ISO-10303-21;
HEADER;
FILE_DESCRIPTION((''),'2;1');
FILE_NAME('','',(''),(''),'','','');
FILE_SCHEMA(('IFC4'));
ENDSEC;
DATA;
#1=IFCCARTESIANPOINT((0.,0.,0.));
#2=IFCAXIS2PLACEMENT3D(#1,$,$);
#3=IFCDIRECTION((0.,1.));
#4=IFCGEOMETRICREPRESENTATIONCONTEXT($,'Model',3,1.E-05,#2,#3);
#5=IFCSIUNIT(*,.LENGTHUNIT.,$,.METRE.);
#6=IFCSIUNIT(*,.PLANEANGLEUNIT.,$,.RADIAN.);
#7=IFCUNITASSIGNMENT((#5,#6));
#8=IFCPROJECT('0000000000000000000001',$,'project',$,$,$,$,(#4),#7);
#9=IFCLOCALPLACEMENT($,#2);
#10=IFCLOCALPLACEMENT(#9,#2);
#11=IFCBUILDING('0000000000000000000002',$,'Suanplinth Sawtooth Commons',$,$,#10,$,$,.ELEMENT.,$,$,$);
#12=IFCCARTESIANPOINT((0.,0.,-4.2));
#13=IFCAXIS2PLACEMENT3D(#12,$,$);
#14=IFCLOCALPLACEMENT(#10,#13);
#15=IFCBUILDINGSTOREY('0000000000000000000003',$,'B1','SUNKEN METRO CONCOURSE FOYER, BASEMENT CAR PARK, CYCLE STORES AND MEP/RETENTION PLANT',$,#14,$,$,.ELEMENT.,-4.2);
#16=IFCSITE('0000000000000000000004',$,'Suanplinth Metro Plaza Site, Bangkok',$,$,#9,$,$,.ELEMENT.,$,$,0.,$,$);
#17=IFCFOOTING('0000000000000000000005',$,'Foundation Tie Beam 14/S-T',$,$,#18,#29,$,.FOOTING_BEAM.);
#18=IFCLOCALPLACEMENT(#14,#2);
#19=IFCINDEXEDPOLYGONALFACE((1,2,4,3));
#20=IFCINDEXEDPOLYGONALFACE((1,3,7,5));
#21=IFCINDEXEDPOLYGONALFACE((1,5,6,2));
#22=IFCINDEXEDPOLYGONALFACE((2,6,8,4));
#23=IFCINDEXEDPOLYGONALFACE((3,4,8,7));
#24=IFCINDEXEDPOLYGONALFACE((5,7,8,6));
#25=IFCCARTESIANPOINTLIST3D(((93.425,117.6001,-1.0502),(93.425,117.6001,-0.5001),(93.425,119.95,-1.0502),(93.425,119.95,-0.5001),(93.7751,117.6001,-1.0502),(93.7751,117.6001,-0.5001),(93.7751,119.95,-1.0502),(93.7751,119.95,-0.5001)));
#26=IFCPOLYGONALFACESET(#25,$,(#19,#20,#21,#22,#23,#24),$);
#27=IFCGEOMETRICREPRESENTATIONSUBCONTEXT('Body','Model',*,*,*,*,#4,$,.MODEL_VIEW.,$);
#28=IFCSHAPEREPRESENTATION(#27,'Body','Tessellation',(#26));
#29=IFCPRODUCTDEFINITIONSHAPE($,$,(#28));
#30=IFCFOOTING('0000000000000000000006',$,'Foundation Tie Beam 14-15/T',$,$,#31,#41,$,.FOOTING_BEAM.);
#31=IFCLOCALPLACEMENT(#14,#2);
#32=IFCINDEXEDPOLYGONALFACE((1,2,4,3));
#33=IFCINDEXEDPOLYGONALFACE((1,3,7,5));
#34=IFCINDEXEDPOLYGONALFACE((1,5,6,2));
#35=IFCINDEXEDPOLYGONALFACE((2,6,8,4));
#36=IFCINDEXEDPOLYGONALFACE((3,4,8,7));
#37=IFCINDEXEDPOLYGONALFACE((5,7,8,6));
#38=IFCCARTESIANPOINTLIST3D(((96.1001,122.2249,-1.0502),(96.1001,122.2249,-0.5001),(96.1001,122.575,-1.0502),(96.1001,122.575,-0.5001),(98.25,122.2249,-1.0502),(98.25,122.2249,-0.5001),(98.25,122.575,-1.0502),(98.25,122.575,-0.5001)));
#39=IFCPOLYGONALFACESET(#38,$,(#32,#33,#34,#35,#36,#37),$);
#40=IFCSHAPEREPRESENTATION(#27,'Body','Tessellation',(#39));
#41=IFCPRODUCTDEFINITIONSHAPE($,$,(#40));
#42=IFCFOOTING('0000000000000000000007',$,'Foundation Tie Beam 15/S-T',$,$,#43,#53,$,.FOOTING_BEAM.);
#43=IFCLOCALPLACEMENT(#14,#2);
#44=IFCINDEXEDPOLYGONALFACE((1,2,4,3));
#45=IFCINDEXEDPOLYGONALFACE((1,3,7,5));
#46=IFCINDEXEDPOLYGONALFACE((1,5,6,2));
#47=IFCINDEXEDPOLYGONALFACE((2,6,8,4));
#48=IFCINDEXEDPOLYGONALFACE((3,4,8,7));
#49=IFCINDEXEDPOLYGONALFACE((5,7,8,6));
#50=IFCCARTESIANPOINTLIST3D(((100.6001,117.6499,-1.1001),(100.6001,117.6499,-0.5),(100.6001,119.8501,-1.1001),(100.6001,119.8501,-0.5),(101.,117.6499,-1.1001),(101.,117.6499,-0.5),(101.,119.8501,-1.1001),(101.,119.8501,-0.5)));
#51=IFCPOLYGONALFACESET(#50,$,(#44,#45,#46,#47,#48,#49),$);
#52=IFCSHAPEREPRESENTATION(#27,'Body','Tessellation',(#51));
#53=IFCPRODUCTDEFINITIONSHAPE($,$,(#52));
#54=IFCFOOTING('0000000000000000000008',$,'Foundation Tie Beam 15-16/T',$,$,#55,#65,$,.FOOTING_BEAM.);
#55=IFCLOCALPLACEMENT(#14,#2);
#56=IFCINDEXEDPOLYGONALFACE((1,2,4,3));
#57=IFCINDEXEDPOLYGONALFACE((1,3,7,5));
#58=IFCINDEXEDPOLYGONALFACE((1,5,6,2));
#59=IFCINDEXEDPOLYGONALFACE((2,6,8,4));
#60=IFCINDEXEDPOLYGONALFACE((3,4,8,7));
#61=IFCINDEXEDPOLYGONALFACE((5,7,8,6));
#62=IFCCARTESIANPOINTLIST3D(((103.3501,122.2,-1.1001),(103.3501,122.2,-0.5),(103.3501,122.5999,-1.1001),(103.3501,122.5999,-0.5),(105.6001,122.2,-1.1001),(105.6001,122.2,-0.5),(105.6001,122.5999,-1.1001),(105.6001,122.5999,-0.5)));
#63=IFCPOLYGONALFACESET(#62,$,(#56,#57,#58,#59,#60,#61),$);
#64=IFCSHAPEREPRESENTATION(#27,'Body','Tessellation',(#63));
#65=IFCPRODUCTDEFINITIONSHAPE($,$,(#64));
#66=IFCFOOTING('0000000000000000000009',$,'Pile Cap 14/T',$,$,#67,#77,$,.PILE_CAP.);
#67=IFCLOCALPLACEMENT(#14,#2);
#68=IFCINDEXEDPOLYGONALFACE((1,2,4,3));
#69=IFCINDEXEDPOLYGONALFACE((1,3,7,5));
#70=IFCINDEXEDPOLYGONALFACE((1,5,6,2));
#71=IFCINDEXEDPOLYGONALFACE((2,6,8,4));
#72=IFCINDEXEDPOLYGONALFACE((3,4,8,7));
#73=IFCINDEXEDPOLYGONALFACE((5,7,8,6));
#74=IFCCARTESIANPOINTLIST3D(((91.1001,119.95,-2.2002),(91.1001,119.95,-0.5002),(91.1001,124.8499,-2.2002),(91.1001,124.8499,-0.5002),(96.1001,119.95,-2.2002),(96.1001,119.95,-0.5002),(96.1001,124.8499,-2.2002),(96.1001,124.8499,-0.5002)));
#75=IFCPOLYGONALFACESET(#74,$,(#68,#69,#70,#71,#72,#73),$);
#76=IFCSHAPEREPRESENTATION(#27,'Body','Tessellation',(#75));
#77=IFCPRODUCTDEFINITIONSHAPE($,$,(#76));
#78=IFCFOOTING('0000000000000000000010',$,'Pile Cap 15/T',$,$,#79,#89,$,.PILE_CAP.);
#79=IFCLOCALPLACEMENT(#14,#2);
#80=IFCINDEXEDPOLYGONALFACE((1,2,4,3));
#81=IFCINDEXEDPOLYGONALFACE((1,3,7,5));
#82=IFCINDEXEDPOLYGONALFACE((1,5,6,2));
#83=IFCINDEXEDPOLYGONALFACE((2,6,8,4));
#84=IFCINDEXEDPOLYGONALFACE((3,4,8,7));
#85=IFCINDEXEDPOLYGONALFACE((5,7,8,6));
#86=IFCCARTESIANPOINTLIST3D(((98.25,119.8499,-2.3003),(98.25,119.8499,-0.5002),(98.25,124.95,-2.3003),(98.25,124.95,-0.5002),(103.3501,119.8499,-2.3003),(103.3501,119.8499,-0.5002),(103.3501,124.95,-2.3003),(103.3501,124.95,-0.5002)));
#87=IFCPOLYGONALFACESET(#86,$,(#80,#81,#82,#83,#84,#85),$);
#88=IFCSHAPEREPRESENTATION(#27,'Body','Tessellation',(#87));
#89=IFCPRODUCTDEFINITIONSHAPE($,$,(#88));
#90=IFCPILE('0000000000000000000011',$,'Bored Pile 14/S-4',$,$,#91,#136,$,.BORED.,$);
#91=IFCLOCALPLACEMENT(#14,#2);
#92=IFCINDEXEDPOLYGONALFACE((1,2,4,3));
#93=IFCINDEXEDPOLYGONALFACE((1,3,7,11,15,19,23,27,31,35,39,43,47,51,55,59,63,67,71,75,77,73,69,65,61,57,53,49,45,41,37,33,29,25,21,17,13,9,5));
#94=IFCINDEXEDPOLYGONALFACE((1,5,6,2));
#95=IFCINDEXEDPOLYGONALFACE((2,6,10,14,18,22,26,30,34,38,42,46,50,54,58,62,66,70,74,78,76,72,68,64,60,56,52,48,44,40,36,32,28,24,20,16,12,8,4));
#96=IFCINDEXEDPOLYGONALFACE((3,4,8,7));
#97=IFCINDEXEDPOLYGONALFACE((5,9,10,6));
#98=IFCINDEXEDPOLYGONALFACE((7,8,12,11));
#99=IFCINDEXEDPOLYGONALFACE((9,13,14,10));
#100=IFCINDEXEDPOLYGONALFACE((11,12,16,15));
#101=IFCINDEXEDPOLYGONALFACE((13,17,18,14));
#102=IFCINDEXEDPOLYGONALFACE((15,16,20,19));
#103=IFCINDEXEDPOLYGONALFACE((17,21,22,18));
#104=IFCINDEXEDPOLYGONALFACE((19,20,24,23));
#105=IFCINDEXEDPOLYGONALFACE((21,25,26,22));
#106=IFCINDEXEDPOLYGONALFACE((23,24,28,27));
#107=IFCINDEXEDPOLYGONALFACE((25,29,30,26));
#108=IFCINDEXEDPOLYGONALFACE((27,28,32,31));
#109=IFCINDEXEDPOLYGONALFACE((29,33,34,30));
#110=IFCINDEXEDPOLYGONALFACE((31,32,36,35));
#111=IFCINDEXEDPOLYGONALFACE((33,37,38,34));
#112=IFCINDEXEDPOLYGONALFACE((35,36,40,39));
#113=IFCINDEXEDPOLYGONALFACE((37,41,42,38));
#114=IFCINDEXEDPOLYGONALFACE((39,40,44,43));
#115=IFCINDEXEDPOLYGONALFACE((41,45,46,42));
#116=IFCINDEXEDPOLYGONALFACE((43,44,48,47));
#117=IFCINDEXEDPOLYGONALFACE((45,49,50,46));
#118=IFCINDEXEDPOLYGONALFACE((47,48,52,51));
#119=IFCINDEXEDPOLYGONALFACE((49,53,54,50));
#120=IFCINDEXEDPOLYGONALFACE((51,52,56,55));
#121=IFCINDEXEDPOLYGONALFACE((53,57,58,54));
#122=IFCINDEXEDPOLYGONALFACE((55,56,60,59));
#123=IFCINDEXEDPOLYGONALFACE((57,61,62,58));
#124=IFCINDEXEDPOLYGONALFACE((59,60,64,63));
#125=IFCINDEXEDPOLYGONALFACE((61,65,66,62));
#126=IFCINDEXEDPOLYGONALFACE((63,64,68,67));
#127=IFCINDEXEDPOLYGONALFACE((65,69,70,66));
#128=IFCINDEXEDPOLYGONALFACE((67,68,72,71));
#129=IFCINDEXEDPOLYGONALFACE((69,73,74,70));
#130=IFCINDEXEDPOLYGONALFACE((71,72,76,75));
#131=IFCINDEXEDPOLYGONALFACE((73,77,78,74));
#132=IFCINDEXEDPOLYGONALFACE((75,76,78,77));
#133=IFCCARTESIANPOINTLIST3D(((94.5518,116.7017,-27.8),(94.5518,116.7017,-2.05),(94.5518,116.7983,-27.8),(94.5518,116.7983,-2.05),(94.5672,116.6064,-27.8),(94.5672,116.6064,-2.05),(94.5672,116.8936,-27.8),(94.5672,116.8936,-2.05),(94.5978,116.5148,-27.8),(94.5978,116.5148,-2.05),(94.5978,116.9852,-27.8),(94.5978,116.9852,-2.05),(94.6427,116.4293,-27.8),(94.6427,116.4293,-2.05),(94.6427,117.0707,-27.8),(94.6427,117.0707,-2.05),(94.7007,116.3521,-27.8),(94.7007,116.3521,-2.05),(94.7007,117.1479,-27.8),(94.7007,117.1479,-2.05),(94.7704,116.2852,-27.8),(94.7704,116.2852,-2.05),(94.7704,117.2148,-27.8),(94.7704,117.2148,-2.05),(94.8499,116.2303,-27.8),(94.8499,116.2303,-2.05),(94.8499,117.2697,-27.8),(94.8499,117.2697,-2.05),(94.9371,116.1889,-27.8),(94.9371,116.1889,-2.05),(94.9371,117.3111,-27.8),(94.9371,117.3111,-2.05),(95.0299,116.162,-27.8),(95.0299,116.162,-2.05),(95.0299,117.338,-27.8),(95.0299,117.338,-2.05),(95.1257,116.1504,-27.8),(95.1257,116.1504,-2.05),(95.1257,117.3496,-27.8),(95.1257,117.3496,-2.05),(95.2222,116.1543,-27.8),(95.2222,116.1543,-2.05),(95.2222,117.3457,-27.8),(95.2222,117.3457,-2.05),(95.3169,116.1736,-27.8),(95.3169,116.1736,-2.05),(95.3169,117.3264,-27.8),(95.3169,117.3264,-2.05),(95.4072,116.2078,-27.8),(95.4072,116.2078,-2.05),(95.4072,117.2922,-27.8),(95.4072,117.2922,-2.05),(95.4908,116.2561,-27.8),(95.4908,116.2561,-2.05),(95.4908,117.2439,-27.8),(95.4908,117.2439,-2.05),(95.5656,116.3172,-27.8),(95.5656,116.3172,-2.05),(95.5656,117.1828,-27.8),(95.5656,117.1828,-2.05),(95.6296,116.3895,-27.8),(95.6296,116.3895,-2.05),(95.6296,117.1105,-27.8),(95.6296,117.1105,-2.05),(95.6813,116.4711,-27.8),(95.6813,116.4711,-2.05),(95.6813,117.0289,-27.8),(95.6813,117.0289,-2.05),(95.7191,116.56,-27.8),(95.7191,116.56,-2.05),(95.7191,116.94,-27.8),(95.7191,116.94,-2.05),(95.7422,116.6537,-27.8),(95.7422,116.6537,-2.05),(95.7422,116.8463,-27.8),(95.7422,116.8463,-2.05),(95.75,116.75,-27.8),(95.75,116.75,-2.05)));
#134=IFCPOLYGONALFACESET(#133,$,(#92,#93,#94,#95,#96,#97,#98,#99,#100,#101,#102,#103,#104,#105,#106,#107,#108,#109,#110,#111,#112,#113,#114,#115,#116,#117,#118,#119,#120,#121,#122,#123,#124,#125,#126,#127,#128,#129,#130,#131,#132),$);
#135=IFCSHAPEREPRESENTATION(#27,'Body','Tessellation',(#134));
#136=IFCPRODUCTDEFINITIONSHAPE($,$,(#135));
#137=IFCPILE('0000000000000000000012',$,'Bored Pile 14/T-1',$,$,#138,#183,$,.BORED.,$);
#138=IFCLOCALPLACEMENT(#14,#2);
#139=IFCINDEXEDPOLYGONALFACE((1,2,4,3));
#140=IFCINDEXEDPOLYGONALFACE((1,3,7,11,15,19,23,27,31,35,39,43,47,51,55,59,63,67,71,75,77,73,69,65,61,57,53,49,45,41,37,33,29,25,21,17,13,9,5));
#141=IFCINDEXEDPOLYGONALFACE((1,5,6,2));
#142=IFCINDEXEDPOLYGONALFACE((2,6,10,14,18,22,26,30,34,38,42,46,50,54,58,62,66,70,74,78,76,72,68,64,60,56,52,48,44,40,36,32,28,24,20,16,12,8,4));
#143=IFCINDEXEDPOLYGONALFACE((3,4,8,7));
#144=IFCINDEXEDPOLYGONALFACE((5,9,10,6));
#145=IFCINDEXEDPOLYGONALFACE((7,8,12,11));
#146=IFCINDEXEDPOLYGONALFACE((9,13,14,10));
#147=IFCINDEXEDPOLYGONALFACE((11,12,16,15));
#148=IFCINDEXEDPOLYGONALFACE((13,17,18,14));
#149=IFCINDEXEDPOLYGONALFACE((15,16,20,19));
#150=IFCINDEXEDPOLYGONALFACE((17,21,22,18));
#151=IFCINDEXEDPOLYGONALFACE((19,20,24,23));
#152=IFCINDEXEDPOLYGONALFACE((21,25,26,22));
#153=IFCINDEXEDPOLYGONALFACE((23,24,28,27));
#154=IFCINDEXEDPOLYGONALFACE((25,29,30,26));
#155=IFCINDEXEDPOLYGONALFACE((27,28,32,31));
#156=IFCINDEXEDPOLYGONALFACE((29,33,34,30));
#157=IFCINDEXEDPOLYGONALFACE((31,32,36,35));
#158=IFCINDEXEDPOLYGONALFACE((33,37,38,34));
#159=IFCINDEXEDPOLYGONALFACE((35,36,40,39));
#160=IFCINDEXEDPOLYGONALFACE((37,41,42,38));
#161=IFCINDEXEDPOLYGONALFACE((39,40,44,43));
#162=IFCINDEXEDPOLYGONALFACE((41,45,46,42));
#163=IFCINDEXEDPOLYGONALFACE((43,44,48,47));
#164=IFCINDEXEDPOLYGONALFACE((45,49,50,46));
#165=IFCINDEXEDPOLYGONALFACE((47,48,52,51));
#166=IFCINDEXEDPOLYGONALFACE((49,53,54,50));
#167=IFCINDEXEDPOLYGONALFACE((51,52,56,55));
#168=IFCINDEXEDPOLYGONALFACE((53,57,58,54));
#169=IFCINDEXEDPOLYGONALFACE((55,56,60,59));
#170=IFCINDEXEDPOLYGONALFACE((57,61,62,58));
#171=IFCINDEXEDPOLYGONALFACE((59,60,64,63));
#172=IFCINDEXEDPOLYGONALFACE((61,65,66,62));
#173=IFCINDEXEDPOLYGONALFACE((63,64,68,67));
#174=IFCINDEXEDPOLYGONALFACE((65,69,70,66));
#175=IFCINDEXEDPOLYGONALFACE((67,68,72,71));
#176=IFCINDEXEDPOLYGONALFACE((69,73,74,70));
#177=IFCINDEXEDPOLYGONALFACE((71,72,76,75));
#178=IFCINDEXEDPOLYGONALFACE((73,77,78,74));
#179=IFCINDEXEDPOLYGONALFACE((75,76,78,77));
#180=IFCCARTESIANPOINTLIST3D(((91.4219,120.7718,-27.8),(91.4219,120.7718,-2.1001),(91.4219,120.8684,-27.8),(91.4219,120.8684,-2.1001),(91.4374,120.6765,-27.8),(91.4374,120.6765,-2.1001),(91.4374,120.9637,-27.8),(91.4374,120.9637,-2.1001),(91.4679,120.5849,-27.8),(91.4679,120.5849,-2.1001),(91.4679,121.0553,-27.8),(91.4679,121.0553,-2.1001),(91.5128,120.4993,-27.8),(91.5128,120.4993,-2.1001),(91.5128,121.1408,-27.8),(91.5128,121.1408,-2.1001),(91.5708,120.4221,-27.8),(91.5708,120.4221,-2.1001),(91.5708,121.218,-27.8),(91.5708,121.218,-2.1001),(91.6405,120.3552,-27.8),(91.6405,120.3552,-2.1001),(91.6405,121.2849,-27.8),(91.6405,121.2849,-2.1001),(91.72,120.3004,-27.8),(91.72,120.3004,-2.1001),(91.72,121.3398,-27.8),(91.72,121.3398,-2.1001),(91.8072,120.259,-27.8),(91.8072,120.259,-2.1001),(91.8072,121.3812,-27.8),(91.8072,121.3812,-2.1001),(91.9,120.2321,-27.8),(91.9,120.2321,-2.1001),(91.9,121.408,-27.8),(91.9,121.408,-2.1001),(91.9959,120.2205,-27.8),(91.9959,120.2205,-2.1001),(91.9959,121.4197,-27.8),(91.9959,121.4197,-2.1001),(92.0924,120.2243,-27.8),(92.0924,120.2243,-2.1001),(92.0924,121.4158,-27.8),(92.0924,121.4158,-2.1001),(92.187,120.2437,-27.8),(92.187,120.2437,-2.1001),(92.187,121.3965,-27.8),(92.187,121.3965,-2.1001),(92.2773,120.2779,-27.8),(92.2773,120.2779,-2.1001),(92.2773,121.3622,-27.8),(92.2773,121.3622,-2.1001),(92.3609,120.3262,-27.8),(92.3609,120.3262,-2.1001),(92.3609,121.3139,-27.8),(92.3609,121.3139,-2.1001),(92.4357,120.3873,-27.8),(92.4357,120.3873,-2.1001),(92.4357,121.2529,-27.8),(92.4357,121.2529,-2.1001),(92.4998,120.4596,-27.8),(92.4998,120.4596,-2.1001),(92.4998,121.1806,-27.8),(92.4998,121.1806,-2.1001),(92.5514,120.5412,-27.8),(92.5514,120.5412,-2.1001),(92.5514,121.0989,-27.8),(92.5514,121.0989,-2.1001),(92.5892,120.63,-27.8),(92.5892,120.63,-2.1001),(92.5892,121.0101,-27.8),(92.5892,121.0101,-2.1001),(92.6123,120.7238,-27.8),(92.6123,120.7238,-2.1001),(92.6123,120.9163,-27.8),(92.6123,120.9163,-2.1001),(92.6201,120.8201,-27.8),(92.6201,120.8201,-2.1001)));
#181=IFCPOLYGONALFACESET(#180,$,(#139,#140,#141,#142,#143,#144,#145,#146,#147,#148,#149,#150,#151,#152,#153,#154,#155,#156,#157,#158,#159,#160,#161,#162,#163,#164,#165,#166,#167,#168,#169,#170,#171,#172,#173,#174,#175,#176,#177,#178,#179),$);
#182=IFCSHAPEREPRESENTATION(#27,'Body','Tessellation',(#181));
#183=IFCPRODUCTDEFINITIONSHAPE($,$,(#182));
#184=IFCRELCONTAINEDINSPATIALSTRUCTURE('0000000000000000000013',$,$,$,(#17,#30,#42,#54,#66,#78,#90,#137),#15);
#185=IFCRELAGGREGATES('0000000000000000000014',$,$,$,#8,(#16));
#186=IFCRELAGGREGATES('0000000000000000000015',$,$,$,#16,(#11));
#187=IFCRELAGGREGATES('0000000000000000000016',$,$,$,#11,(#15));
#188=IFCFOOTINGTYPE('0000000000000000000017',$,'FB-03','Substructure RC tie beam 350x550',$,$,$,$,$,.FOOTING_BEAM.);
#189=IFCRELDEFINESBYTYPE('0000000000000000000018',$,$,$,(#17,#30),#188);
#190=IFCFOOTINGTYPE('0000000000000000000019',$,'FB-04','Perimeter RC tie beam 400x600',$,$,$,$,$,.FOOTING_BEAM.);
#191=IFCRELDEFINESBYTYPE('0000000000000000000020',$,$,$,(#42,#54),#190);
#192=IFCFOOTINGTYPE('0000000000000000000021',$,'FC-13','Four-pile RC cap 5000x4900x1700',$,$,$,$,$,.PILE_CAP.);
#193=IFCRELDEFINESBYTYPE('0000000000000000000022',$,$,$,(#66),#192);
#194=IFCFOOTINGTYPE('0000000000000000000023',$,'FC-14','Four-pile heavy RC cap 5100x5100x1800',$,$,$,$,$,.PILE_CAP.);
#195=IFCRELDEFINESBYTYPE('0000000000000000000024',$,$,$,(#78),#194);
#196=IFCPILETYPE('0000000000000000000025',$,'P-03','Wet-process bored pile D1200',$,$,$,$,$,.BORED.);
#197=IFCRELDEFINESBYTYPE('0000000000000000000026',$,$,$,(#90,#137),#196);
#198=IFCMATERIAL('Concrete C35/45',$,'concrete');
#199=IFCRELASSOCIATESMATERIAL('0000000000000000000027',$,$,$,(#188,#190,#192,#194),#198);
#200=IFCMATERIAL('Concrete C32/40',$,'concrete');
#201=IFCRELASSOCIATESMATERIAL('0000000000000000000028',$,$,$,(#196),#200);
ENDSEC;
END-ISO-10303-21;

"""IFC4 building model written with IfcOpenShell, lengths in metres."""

from ifc_helpers import new_model, si_unit, direction, frame, origin, origin_2d, place, context, subcontext, project, spatial, rectangle, circle, extrude, material, material_profile, profile_set, type_object, element, save


model = new_model("IFC4")

# Units and contexts
model_context = context("Model", 3, precision=1e-05, world=origin(), true_north=direction((0.0, 1.0)))
body_context = subcontext(model_context, "Body", "Model", "MODEL_VIEW")
ifc_project = project(units=[si_unit("LENGTHUNIT", "METRE"), si_unit("PLANEANGLEUNIT", "RADIAN")], contexts=[model_context])

# Site, building, storey
site_placement = place(None, origin())
site = spatial("IfcSite", under=ifc_project, at=site_placement, Name="Suanplinth Metro Plaza Site, Bangkok", CompositionType="ELEMENT", RefElevation=0.0)
building_placement = place(site_placement, origin())
building = spatial("IfcBuilding", under=site, at=building_placement, Name="Suanplinth Sawtooth Commons", CompositionType="ELEMENT")
storey_placement = place(building_placement, frame((0.0, 0.0, -4.2)))
storey = spatial("IfcBuildingStorey", under=building, at=storey_placement, Name="B1", Description="SUNKEN METRO CONCOURSE FOYER, BASEMENT CAR PARK, CYCLE STORES AND MEP/RETENTION PLANT", CompositionType="ELEMENT", Elevation=-4.2)

# Footings
ifc_material_1 = material(Name="Concrete C35/45", Category="concrete")
ifc_material_profile_1 = material_profile(ifc_material_1, rectangle(XDim=0.3501, YDim=0.55, at=origin_2d()), Name="PC-BM 350x550")
ifc_profile_set_1 = profile_set([ifc_material_profile_1], Name="Concrete C35/45")
footing_type_1 = type_object("IfcFootingType", Name="FB-03", Description="Substructure RC tie beam 350x550", PredefinedType="FOOTING_BEAM", material=ifc_profile_set_1)
footing_1_placement = place(storey_placement, frame((93.6001, 117.6001, -0.7751), z_axis=(0.0, 1.0, 0.0), x_axis=(-1.0, 0.0, 0.0)))
element("IfcFooting", 1, at=footing_1_placement, inside=storey, type_object=footing_type_1, Name="Foundation Tie Beam 14/S-T", PredefinedType="FOOTING_BEAM", context=body_context, shape_type="SweptSolid", body=[
    extrude(rectangle(XDim=0.3501, YDim=0.55, at=origin_2d()), origin(), (0.0, 0.0, 1.0), 2.3499),
])
footing_2_placement = place(storey_placement, frame((96.1001, 122.3999, -0.7751), z_axis=(1.0, 0.0, 0.0), x_axis=(0.0, 1.0, 0.0)))
element("IfcFooting", 2, at=footing_2_placement, inside=storey, type_object=footing_type_1, Name="Foundation Tie Beam 14-15/T", PredefinedType="FOOTING_BEAM", context=body_context, shape_type="SweptSolid", body=[
    extrude(rectangle(XDim=0.3501, YDim=0.55, at=origin_2d()), origin(), (0.0, 0.0, 1.0), 2.1499),
])
ifc_material_profile_2 = material_profile(ifc_material_1, rectangle(XDim=0.3999, YDim=0.6001, at=origin_2d()), Name="PC-GDR 400x600")
ifc_profile_set_2 = profile_set([ifc_material_profile_2], Name="Concrete C35/45")
footing_type_2 = type_object("IfcFootingType", Name="FB-04", Description="Perimeter RC tie beam 400x600", PredefinedType="FOOTING_BEAM", material=ifc_profile_set_2)
footing_3_placement = place(storey_placement, frame((100.8, 117.6499, -0.8), z_axis=(0.0, 1.0, 0.0), x_axis=(-1.0, 0.0, 0.0)))
element("IfcFooting", 3, at=footing_3_placement, inside=storey, type_object=footing_type_2, Name="Foundation Tie Beam 15/S-T", PredefinedType="FOOTING_BEAM", context=body_context, shape_type="SweptSolid", body=[
    extrude(rectangle(XDim=0.3999, YDim=0.6001, at=origin_2d()), origin(), (0.0, 0.0, 1.0), 2.2002),
])
footing_4_placement = place(storey_placement, frame((103.3501, 122.3999, -0.8), z_axis=(1.0, 0.0, 0.0), x_axis=(0.0, 1.0, 0.0)))
element("IfcFooting", 4, at=footing_4_placement, inside=storey, type_object=footing_type_2, Name="Foundation Tie Beam 15-16/T", PredefinedType="FOOTING_BEAM", context=body_context, shape_type="SweptSolid", body=[
    extrude(rectangle(XDim=0.3999, YDim=0.6001, at=origin_2d()), origin(), (0.0, 0.0, 1.0), 2.25),
])
footing_type_3 = type_object("IfcFootingType", Name="FC-13", Description="Four-pile RC cap 5000x4900x1700", PredefinedType="PILE_CAP", material=ifc_material_1)
footing_5_placement = place(storey_placement, frame((93.6001, 122.3999, -2.2002), z_axis=(0.0, 0.0, 1.0), x_axis=(1.0, 0.0, 0.0)))
element("IfcFooting", 5, at=footing_5_placement, inside=storey, type_object=footing_type_3, Name="Pile Cap 14/T", PredefinedType="PILE_CAP", context=body_context, shape_type="SweptSolid", body=[
    extrude(rectangle(XDim=5.0, YDim=4.8999, at=origin_2d()), origin(), (0.0, 0.0, 1.0), 1.7),
])
footing_type_4 = type_object("IfcFootingType", Name="FC-14", Description="Four-pile heavy RC cap 5100x5100x1800", PredefinedType="PILE_CAP", material=ifc_material_1)
footing_6_placement = place(storey_placement, frame((100.8, 122.3999, -2.3003), z_axis=(0.0, 0.0, 1.0), x_axis=(1.0, 0.0, 0.0)))
element("IfcFooting", 6, at=footing_6_placement, inside=storey, type_object=footing_type_4, Name="Pile Cap 15/T", PredefinedType="PILE_CAP", context=body_context, shape_type="SweptSolid", body=[
    extrude(rectangle(XDim=5.1001, YDim=5.1001, at=origin_2d()), origin(), (0.0, 0.0, 1.0), 1.8),
])

# Piles
ifc_material_2 = material(Name="Concrete C32/40", Category="concrete")
ifc_material_profile_3 = material_profile(ifc_material_2, circle(Radius=0.6001, at=origin_2d()), Name="PILE D1200")
ifc_profile_set_3 = profile_set([ifc_material_profile_3], Name="Concrete C32/40")
pile_type = type_object("IfcPileType", Name="P-03", Description="Wet-process bored pile D1200", PredefinedType="BORED", material=ifc_profile_set_3)
pile_placement = place(storey_placement, frame((95.1499, 116.75, -2.05), z_axis=(0.0, 0.0, -1.0), x_axis=(1.0, 0.0, 0.0)))
element("IfcPile", 7, at=pile_placement, inside=storey, type_object=pile_type, Name="Bored Pile 14/S-4", PredefinedType="BORED", context=body_context, shape_type="SweptSolid", body=[
    extrude(circle(Radius=0.6001, at=origin_2d()), origin(), (0.0, 0.0, 1.0), 25.75),
])
for number, where, z_axis, x_axis, name in (
    (8, (92.02, 120.8201, -2.1001), (0.0, 0.0, -1.0), (1.0, 0.0, 0.0), "Bored Pile 14/T-1"),
):
    element("IfcPile", number, at=place(storey_placement, frame(where, z_axis=z_axis, x_axis=x_axis)), inside=storey, type_object=pile_type, Name=name, PredefinedType="BORED", context=body_context, shape_type="SweptSolid", body=[
        extrude(circle(Radius=0.6001, at=origin_2d()), origin(), (0.0, 0.0, 1.0), 25.7),
    ])

save(model, "model.ifc")
